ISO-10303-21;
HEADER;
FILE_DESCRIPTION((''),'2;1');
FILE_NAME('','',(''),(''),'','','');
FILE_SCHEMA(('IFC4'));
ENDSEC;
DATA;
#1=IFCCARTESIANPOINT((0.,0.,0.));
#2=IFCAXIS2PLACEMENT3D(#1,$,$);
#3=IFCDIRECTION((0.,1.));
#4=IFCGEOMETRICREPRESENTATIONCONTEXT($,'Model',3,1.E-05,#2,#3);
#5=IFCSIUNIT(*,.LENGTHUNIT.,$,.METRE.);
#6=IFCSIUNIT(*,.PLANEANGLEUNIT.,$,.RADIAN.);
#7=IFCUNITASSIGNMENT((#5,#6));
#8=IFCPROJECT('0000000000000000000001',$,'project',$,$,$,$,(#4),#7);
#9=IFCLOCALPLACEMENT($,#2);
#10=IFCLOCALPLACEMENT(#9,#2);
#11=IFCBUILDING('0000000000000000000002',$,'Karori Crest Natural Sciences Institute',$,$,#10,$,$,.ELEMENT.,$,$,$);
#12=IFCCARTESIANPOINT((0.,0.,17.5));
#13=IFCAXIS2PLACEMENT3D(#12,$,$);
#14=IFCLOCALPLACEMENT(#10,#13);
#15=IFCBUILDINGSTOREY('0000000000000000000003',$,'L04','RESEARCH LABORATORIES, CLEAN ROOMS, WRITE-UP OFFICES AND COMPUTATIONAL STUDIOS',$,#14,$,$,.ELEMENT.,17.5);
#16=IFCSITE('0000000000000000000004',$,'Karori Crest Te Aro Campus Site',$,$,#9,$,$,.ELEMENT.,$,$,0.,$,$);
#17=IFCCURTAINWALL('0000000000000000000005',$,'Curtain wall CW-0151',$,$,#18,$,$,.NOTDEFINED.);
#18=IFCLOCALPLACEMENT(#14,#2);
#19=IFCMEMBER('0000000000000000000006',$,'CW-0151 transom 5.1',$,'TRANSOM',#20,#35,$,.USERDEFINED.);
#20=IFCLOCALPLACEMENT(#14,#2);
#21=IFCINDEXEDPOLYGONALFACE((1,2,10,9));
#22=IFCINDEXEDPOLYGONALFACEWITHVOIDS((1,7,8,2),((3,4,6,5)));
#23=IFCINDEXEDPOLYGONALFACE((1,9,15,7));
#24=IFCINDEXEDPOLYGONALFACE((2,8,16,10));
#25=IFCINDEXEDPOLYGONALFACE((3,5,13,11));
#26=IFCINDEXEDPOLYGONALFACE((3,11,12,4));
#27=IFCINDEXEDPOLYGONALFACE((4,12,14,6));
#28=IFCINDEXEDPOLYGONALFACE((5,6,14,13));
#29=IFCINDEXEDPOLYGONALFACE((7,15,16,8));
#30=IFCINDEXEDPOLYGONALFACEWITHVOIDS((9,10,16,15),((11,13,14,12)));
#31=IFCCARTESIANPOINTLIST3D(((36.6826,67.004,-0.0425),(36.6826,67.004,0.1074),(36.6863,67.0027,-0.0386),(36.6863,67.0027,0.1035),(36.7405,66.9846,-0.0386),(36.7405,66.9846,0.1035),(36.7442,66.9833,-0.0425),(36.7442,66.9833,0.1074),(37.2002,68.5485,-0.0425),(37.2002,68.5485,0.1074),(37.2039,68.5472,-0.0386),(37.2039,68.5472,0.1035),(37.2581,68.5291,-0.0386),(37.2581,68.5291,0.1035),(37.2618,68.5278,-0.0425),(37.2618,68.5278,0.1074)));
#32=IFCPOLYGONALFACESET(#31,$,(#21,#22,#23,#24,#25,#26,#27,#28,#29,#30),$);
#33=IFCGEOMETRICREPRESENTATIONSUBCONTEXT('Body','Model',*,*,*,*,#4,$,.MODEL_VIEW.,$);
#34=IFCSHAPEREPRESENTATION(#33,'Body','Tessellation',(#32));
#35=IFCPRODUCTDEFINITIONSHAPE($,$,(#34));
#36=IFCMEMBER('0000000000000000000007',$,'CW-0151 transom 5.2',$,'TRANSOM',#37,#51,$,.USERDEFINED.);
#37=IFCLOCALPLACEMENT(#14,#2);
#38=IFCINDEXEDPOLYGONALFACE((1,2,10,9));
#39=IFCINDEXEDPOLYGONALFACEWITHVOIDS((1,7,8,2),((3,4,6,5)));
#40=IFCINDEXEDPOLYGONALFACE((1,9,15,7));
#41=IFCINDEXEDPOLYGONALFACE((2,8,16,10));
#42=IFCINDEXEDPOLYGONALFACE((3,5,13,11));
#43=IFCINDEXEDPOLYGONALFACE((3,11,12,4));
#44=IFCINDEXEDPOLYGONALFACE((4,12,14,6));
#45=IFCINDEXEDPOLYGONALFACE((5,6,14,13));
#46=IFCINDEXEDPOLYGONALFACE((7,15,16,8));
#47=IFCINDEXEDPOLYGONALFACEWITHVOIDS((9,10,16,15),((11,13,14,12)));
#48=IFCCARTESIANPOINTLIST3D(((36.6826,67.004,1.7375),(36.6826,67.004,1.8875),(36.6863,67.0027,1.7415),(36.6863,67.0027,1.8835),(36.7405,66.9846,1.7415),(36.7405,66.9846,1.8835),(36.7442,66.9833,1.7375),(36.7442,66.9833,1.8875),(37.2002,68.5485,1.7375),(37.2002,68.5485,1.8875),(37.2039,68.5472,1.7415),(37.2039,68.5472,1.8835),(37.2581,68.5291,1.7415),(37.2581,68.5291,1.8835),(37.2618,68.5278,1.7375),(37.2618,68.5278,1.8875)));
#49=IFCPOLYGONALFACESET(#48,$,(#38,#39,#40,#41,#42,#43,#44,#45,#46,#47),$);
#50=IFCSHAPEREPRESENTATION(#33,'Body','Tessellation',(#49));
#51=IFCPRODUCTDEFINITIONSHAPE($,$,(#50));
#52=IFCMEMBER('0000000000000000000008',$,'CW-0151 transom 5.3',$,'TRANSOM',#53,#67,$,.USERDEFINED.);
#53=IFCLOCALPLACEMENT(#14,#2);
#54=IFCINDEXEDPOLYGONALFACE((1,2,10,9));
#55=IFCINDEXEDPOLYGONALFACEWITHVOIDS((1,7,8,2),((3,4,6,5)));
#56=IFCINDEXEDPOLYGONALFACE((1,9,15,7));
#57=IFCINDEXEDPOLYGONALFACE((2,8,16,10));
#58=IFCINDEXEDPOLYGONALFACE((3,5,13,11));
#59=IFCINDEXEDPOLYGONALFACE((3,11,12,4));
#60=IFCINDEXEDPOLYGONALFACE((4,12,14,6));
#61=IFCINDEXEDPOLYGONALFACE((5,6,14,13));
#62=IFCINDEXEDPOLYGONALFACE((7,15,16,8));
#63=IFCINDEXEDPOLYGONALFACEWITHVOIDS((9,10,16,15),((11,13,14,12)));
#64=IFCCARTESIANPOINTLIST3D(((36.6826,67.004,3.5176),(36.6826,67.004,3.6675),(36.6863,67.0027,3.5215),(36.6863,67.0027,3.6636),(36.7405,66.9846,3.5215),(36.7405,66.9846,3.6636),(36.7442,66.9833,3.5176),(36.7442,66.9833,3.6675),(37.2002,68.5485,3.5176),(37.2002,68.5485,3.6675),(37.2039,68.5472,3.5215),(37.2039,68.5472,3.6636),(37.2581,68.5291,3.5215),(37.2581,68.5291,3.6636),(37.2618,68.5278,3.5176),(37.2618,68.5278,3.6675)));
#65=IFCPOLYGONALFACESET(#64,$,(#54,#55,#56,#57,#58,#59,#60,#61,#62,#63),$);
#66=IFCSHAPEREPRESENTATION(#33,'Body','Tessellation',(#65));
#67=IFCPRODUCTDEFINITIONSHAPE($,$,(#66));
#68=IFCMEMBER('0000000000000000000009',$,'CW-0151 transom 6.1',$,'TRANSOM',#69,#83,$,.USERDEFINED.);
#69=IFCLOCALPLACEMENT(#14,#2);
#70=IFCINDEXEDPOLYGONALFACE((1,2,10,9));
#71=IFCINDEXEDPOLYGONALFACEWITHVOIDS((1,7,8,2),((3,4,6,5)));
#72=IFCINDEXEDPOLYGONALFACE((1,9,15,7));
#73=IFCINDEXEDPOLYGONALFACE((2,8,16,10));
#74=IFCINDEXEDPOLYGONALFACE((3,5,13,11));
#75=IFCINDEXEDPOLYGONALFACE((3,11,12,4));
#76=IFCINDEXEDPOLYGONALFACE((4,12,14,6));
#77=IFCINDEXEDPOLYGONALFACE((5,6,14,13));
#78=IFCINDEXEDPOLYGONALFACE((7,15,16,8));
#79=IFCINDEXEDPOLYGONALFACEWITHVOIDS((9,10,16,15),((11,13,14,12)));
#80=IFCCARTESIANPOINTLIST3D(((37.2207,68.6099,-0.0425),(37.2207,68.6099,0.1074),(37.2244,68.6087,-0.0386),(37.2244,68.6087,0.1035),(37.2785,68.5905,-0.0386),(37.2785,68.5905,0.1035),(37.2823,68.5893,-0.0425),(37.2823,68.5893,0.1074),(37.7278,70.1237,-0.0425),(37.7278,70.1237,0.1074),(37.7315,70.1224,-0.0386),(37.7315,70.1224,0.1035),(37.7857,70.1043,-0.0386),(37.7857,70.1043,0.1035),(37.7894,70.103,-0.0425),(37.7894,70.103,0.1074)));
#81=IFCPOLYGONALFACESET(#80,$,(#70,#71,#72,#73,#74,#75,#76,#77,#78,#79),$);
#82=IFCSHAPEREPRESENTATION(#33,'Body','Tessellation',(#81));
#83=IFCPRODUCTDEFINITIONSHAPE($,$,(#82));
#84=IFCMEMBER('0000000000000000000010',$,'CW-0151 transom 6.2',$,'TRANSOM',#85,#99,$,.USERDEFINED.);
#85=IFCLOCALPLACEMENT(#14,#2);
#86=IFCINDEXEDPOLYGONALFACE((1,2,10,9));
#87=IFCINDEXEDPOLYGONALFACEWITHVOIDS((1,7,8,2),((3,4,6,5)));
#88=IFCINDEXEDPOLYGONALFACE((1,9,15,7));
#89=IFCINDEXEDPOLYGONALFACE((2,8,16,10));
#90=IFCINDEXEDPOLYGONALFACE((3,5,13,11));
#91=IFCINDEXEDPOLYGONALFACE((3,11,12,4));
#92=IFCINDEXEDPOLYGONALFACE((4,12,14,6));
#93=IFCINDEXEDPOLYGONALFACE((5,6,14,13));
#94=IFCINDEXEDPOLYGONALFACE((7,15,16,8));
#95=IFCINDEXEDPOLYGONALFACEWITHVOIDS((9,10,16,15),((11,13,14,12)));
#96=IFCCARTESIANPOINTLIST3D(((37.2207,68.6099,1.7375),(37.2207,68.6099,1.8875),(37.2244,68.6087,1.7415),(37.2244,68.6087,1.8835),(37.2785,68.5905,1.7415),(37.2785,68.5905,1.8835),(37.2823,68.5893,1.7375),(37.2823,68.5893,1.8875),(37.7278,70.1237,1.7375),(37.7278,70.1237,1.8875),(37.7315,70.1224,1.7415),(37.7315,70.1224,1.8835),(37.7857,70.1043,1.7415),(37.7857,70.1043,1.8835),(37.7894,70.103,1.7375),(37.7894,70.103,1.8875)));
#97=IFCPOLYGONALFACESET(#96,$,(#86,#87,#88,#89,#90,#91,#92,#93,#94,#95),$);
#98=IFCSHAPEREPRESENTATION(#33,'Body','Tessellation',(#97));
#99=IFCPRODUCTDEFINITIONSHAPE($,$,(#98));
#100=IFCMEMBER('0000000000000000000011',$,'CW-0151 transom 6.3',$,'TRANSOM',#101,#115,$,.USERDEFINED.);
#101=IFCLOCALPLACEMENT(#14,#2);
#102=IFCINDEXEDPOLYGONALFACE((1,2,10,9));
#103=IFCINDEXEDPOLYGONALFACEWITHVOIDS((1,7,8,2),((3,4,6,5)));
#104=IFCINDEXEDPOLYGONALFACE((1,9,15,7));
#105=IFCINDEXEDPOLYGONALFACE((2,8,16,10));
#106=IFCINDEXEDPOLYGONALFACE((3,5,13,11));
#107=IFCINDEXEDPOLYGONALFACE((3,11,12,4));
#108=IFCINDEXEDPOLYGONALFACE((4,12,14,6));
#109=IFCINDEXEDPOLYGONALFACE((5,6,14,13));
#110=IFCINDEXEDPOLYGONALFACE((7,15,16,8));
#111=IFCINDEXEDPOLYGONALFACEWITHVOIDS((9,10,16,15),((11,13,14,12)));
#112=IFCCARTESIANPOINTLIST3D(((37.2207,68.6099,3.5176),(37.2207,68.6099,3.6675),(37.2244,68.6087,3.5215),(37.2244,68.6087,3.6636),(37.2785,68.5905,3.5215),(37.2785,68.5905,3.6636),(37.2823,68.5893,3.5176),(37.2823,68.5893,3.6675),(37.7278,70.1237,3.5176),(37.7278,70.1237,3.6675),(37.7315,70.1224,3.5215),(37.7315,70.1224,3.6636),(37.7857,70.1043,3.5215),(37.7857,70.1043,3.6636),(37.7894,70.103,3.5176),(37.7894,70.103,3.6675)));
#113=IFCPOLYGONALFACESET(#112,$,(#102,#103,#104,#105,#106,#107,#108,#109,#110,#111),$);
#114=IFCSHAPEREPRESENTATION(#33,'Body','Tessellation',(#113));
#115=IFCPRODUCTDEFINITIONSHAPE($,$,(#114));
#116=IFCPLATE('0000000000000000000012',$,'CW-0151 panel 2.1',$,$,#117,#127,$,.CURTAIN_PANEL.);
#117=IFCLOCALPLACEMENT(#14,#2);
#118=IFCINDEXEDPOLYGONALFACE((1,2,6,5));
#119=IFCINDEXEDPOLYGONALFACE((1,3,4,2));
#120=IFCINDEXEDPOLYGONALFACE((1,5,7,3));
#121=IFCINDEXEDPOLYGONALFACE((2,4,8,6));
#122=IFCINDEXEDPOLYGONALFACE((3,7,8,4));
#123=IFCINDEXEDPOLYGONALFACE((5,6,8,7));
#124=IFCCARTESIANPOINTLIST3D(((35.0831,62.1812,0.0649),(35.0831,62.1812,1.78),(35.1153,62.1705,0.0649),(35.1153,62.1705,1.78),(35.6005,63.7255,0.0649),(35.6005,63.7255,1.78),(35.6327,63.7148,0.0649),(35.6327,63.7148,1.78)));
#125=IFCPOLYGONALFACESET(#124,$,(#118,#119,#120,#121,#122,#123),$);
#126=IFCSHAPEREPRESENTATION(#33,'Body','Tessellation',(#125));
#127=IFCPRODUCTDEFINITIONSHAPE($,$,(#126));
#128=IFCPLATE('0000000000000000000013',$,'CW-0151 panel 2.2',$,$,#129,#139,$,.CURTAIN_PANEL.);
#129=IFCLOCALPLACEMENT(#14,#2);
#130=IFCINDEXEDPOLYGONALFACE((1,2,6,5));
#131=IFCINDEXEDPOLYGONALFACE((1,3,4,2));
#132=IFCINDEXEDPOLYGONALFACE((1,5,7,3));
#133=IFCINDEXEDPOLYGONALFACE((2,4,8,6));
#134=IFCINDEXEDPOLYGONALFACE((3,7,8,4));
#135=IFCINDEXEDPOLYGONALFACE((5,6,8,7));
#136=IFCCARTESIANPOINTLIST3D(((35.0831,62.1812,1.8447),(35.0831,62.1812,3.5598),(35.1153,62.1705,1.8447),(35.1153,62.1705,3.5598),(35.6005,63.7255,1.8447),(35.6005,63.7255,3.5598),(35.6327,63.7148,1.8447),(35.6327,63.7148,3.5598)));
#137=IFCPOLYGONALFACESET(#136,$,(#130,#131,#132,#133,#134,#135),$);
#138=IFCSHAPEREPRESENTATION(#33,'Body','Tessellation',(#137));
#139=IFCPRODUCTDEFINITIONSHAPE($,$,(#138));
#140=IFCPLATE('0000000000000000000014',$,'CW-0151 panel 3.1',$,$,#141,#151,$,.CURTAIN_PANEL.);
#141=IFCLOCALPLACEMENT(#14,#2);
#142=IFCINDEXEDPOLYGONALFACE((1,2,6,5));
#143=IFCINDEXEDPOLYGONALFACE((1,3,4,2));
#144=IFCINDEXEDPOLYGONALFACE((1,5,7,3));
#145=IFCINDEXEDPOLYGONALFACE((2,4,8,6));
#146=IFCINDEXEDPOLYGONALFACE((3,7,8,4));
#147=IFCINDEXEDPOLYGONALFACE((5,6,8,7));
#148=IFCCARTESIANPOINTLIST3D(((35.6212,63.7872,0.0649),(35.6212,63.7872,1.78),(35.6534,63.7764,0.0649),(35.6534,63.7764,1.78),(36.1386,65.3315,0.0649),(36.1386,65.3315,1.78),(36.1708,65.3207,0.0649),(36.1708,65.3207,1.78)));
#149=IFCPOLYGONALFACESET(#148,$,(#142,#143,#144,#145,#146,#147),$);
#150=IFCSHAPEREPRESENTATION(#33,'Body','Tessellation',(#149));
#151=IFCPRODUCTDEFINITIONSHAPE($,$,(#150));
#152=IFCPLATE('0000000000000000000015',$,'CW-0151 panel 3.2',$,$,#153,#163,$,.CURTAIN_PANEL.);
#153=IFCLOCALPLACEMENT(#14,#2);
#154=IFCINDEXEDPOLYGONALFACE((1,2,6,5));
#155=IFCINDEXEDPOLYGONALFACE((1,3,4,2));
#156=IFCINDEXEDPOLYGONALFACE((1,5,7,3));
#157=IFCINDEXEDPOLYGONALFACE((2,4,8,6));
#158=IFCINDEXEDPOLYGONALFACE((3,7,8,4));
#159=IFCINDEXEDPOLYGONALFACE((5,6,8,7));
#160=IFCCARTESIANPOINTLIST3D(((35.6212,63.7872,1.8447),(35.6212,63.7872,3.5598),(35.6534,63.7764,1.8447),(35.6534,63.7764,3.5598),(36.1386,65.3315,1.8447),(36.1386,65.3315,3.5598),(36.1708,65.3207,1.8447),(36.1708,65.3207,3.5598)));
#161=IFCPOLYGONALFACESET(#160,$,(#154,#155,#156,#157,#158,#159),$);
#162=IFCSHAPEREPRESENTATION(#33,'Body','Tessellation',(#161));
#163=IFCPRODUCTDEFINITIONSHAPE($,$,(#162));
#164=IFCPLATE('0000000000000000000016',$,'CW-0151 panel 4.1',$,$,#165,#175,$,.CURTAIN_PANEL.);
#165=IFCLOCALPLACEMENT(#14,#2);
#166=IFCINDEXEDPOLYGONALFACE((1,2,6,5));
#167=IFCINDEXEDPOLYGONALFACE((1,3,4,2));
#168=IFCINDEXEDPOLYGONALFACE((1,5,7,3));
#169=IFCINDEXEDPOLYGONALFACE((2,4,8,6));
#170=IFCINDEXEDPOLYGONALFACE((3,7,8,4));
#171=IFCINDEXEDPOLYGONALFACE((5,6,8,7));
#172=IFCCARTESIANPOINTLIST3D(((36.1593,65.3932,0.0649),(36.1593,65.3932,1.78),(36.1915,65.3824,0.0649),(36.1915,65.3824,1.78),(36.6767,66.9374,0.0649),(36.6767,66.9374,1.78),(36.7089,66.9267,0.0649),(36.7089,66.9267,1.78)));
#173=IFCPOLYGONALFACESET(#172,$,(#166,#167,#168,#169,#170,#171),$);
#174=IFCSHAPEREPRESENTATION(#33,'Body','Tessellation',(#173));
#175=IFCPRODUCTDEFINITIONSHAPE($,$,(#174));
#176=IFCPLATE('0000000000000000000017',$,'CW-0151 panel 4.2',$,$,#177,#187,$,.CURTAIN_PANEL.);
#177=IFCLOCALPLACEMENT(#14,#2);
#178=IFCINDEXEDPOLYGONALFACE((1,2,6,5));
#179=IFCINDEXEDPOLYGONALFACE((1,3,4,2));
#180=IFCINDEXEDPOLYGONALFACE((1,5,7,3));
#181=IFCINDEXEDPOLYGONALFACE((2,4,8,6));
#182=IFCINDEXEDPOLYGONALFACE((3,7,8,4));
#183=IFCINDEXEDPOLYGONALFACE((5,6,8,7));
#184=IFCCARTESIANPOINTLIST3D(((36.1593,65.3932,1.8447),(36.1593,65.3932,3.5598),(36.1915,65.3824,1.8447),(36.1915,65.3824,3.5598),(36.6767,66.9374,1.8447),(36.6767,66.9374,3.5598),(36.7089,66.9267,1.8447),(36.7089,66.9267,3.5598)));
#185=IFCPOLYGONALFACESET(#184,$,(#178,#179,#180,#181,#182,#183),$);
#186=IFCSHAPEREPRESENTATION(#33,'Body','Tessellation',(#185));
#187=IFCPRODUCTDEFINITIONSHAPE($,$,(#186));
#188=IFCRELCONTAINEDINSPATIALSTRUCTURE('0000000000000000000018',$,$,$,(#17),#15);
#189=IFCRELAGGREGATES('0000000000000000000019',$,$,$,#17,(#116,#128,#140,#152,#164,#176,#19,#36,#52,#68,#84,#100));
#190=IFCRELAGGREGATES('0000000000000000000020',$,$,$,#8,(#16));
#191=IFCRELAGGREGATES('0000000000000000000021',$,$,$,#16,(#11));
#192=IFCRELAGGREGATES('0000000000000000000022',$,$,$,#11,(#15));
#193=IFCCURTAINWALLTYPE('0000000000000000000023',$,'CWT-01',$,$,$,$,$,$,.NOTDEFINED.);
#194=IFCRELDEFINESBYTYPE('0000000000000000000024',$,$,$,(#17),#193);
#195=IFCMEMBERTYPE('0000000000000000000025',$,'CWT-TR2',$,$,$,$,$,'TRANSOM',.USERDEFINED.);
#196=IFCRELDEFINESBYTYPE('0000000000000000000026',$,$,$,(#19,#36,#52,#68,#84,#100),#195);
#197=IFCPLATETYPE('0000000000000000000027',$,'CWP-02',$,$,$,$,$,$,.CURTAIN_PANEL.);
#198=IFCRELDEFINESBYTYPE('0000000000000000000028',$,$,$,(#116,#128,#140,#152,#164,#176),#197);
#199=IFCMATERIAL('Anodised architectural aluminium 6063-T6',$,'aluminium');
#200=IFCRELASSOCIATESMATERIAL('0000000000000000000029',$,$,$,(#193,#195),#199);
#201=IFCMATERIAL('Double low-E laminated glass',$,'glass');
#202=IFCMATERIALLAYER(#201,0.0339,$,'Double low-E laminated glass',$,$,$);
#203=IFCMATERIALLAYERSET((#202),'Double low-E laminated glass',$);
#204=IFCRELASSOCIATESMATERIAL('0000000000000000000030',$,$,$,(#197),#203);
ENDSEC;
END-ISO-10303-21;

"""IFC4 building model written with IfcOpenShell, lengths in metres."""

from ifc_helpers import new_model, si_unit, direction, frame, origin, origin_2d, place, context, subcontext, project, spatial, rectangle, hollow_rectangle, extrude, material, layer, layer_set, material_profile, profile_set, type_object, element, aggregate, save


model = new_model("IFC4")

# Units and contexts
model_context = context("Model", 3, precision=1e-05, world=origin(), true_north=direction((0.0, 1.0)))
body_context = subcontext(model_context, "Body", "Model", "MODEL_VIEW")
ifc_project = project(units=[si_unit("LENGTHUNIT", "METRE"), si_unit("PLANEANGLEUNIT", "RADIAN")], contexts=[model_context])

# Site, building, storey
site_placement = place(None, origin())
site = spatial("IfcSite", under=ifc_project, at=site_placement, Name="Karori Crest Te Aro Campus Site", CompositionType="ELEMENT", RefElevation=0.0)
building_placement = place(site_placement, origin())
building = spatial("IfcBuilding", under=site, at=building_placement, Name="Karori Crest Natural Sciences Institute", CompositionType="ELEMENT")
storey_placement = place(building_placement, frame((0.0, 0.0, 17.5)))
storey = spatial("IfcBuildingStorey", under=building, at=storey_placement, Name="L04", Description="RESEARCH LABORATORIES, CLEAN ROOMS, WRITE-UP OFFICES AND COMPUTATIONAL STUDIOS", CompositionType="ELEMENT", Elevation=17.5)

# Curtain wall, members, plates
ifc_material_1 = material(Name="Anodised architectural aluminium 6063-T6", Category="aluminium")
curtain_wall_type = type_object("IfcCurtainWallType", Name="CWT-01", PredefinedType="NOTDEFINED", material=ifc_material_1)
curtain_wall_placement = place(storey_placement, origin())
curtain_wall = element("IfcCurtainWall", 1, at=curtain_wall_placement, inside=storey, type_object=curtain_wall_type, Name="Curtain wall CW-0151", PredefinedType="NOTDEFINED")
ifc_material_profile_1 = material_profile(ifc_material_1, hollow_rectangle(XDim=0.0649, YDim=0.1499, WallThickness=0.0039, at=origin_2d()), Name="CWT150x65x4")
ifc_profile_set_1 = profile_set([ifc_material_profile_1], Name="Anodised architectural aluminium 6063-T6")
member_type_1 = type_object("IfcMemberType", Name="CWT-TR2", ElementType="TRANSOM", PredefinedType="USERDEFINED", material=ifc_profile_set_1)
member_1_placement = place(storey_placement, frame((36.7134, 66.9937, 0.0325), z_axis=(0.317756, 0.948172, 0.0), x_axis=(-0.948172, 0.317756, 0.0)))
member_1 = element("IfcMember", 2, at=member_1_placement, type_object=member_type_1, Name="CW-0151 transom 5.1", ObjectType="TRANSOM", PredefinedType="USERDEFINED", context=body_context, shape_type="SweptSolid", body=[
    extrude(hollow_rectangle(XDim=0.0649, YDim=0.1499, WallThickness=0.0039, at=origin_2d()), origin(), (0.0, 0.0, 1.0), 1.6289),
])
member_2_placement = place(storey_placement, frame((36.7134, 66.9937, 1.8125), z_axis=(0.317756, 0.948172, 0.0), x_axis=(-0.948172, 0.317756, 0.0)))
member_2 = element("IfcMember", 3, at=member_2_placement, type_object=member_type_1, Name="CW-0151 transom 5.2", ObjectType="TRANSOM", PredefinedType="USERDEFINED", context=body_context, shape_type="SweptSolid", body=[
    extrude(hollow_rectangle(XDim=0.0649, YDim=0.1499, WallThickness=0.0039, at=origin_2d()), origin(), (0.0, 0.0, 1.0), 1.6289),
])
member_3_placement = place(storey_placement, frame((36.7134, 66.9937, 3.5925), z_axis=(0.317756, 0.948172, 0.0), x_axis=(-0.948172, 0.317756, 0.0)))
member_3 = element("IfcMember", 4, at=member_3_placement, type_object=member_type_1, Name="CW-0151 transom 5.3", ObjectType="TRANSOM", PredefinedType="USERDEFINED", context=body_context, shape_type="SweptSolid", body=[
    extrude(hollow_rectangle(XDim=0.0649, YDim=0.1499, WallThickness=0.0039, at=origin_2d()), origin(), (0.0, 0.0, 1.0), 1.6289),
])
member_4_placement = place(storey_placement, frame((37.2515, 68.5996, 0.0325), z_axis=(0.31765, 0.948208, 0.0), x_axis=(-0.948208, 0.31765, 0.0)))
member_4 = element("IfcMember", 5, at=member_4_placement, type_object=member_type_1, Name="CW-0151 transom 6.1", ObjectType="TRANSOM", PredefinedType="USERDEFINED", context=body_context, shape_type="SweptSolid", body=[
    extrude(hollow_rectangle(XDim=0.0649, YDim=0.1499, WallThickness=0.0039, at=origin_2d()), origin(), (0.0, 0.0, 1.0), 1.5964),
])
member_5_placement = place(storey_placement, frame((37.2515, 68.5996, 1.8125), z_axis=(0.31765, 0.948208, 0.0), x_axis=(-0.948208, 0.31765, 0.0)))
member_5 = element("IfcMember", 6, at=member_5_placement, type_object=member_type_1, Name="CW-0151 transom 6.2", ObjectType="TRANSOM", PredefinedType="USERDEFINED", context=body_context, shape_type="SweptSolid", body=[
    extrude(hollow_rectangle(XDim=0.0649, YDim=0.1499, WallThickness=0.0039, at=origin_2d()), origin(), (0.0, 0.0, 1.0), 1.5964),
])
member_6_placement = place(storey_placement, frame((37.2515, 68.5996, 3.5925), z_axis=(0.31765, 0.948208, 0.0), x_axis=(-0.948208, 0.31765, 0.0)))
member_6 = element("IfcMember", 7, at=member_6_placement, type_object=member_type_1, Name="CW-0151 transom 6.3", ObjectType="TRANSOM", PredefinedType="USERDEFINED", context=body_context, shape_type="SweptSolid", body=[
    extrude(hollow_rectangle(XDim=0.0649, YDim=0.1499, WallThickness=0.0039, at=origin_2d()), origin(), (0.0, 0.0, 1.0), 1.5964),
])
ifc_material_2 = material(Name="Double low-E laminated glass", Category="glass")
ifc_layer_1 = layer(ifc_material_2, 0.0339, Name="Double low-E laminated glass")
ifc_layer_set_1 = layer_set([ifc_layer_1], Name="Double low-E laminated glass")
plate_type = type_object("IfcPlateType", Name="CWP-02", PredefinedType="CURTAIN_PANEL", material=ifc_layer_set_1)
plate_1_placement = place(storey_placement, frame((35.3579, 62.948, 0.0649), z_axis=(0.0, 0.0, 1.0), x_axis=(0.31768, 0.948198, 0.0)))
plate_1 = element("IfcPlate", 8, at=plate_1_placement, type_object=plate_type, Name="CW-0151 panel 2.1", PredefinedType="CURTAIN_PANEL", context=body_context, shape_type="SweptSolid", body=[
    extrude(rectangle(XDim=1.6287, YDim=0.0339, at=origin_2d()), origin(), (0.0, 0.0, 1.0), 1.7151),
])
plate_2_placement = place(storey_placement, frame((35.3579, 62.948, 1.8447), z_axis=(0.0, 0.0, 1.0), x_axis=(0.31768, 0.948198, 0.0)))
plate_2 = element("IfcPlate", 9, at=plate_2_placement, type_object=plate_type, Name="CW-0151 panel 2.2", PredefinedType="CURTAIN_PANEL", context=body_context, shape_type="SweptSolid", body=[
    extrude(rectangle(XDim=1.6287, YDim=0.0339, at=origin_2d()), origin(), (0.0, 0.0, 1.0), 1.7151),
])
plate_3_placement = place(storey_placement, frame((35.896, 64.554, 0.0649), z_axis=(0.0, 0.0, 1.0), x_axis=(0.31768, 0.948198, 0.0)))
plate_3 = element("IfcPlate", 10, at=plate_3_placement, type_object=plate_type, Name="CW-0151 panel 3.1", PredefinedType="CURTAIN_PANEL", context=body_context, shape_type="SweptSolid", body=[
    extrude(rectangle(XDim=1.6287, YDim=0.0339, at=origin_2d()), origin(), (0.0, 0.0, 1.0), 1.7151),
])
plate_4_placement = place(storey_placement, frame((35.896, 64.554, 1.8447), z_axis=(0.0, 0.0, 1.0), x_axis=(0.31768, 0.948198, 0.0)))
plate_4 = element("IfcPlate", 11, at=plate_4_placement, type_object=plate_type, Name="CW-0151 panel 3.2", PredefinedType="CURTAIN_PANEL", context=body_context, shape_type="SweptSolid", body=[
    extrude(rectangle(XDim=1.6287, YDim=0.0339, at=origin_2d()), origin(), (0.0, 0.0, 1.0), 1.7151),
])
plate_5_placement = place(storey_placement, frame((36.4341, 66.1599, 0.0649), z_axis=(0.0, 0.0, 1.0), x_axis=(0.31768, 0.948198, 0.0)))
plate_5 = element("IfcPlate", 12, at=plate_5_placement, type_object=plate_type, Name="CW-0151 panel 4.1", PredefinedType="CURTAIN_PANEL", context=body_context, shape_type="SweptSolid", body=[
    extrude(rectangle(XDim=1.6287, YDim=0.0339, at=origin_2d()), origin(), (0.0, 0.0, 1.0), 1.7151),
])
plate_6_placement = place(storey_placement, frame((36.4341, 66.1599, 1.8447), z_axis=(0.0, 0.0, 1.0), x_axis=(0.31768, 0.948198, 0.0)))
plate_6 = element("IfcPlate", 13, at=plate_6_placement, type_object=plate_type, Name="CW-0151 panel 4.2", PredefinedType="CURTAIN_PANEL", context=body_context, shape_type="SweptSolid", body=[
    extrude(rectangle(XDim=1.6287, YDim=0.0339, at=origin_2d()), origin(), (0.0, 0.0, 1.0), 1.7151),
])
aggregate(curtain_wall, [plate_1, plate_2, plate_3, plate_4, plate_5, plate_6, member_1, member_2, member_3, member_4, member_5, member_6])

save(model, "model.ifc")
